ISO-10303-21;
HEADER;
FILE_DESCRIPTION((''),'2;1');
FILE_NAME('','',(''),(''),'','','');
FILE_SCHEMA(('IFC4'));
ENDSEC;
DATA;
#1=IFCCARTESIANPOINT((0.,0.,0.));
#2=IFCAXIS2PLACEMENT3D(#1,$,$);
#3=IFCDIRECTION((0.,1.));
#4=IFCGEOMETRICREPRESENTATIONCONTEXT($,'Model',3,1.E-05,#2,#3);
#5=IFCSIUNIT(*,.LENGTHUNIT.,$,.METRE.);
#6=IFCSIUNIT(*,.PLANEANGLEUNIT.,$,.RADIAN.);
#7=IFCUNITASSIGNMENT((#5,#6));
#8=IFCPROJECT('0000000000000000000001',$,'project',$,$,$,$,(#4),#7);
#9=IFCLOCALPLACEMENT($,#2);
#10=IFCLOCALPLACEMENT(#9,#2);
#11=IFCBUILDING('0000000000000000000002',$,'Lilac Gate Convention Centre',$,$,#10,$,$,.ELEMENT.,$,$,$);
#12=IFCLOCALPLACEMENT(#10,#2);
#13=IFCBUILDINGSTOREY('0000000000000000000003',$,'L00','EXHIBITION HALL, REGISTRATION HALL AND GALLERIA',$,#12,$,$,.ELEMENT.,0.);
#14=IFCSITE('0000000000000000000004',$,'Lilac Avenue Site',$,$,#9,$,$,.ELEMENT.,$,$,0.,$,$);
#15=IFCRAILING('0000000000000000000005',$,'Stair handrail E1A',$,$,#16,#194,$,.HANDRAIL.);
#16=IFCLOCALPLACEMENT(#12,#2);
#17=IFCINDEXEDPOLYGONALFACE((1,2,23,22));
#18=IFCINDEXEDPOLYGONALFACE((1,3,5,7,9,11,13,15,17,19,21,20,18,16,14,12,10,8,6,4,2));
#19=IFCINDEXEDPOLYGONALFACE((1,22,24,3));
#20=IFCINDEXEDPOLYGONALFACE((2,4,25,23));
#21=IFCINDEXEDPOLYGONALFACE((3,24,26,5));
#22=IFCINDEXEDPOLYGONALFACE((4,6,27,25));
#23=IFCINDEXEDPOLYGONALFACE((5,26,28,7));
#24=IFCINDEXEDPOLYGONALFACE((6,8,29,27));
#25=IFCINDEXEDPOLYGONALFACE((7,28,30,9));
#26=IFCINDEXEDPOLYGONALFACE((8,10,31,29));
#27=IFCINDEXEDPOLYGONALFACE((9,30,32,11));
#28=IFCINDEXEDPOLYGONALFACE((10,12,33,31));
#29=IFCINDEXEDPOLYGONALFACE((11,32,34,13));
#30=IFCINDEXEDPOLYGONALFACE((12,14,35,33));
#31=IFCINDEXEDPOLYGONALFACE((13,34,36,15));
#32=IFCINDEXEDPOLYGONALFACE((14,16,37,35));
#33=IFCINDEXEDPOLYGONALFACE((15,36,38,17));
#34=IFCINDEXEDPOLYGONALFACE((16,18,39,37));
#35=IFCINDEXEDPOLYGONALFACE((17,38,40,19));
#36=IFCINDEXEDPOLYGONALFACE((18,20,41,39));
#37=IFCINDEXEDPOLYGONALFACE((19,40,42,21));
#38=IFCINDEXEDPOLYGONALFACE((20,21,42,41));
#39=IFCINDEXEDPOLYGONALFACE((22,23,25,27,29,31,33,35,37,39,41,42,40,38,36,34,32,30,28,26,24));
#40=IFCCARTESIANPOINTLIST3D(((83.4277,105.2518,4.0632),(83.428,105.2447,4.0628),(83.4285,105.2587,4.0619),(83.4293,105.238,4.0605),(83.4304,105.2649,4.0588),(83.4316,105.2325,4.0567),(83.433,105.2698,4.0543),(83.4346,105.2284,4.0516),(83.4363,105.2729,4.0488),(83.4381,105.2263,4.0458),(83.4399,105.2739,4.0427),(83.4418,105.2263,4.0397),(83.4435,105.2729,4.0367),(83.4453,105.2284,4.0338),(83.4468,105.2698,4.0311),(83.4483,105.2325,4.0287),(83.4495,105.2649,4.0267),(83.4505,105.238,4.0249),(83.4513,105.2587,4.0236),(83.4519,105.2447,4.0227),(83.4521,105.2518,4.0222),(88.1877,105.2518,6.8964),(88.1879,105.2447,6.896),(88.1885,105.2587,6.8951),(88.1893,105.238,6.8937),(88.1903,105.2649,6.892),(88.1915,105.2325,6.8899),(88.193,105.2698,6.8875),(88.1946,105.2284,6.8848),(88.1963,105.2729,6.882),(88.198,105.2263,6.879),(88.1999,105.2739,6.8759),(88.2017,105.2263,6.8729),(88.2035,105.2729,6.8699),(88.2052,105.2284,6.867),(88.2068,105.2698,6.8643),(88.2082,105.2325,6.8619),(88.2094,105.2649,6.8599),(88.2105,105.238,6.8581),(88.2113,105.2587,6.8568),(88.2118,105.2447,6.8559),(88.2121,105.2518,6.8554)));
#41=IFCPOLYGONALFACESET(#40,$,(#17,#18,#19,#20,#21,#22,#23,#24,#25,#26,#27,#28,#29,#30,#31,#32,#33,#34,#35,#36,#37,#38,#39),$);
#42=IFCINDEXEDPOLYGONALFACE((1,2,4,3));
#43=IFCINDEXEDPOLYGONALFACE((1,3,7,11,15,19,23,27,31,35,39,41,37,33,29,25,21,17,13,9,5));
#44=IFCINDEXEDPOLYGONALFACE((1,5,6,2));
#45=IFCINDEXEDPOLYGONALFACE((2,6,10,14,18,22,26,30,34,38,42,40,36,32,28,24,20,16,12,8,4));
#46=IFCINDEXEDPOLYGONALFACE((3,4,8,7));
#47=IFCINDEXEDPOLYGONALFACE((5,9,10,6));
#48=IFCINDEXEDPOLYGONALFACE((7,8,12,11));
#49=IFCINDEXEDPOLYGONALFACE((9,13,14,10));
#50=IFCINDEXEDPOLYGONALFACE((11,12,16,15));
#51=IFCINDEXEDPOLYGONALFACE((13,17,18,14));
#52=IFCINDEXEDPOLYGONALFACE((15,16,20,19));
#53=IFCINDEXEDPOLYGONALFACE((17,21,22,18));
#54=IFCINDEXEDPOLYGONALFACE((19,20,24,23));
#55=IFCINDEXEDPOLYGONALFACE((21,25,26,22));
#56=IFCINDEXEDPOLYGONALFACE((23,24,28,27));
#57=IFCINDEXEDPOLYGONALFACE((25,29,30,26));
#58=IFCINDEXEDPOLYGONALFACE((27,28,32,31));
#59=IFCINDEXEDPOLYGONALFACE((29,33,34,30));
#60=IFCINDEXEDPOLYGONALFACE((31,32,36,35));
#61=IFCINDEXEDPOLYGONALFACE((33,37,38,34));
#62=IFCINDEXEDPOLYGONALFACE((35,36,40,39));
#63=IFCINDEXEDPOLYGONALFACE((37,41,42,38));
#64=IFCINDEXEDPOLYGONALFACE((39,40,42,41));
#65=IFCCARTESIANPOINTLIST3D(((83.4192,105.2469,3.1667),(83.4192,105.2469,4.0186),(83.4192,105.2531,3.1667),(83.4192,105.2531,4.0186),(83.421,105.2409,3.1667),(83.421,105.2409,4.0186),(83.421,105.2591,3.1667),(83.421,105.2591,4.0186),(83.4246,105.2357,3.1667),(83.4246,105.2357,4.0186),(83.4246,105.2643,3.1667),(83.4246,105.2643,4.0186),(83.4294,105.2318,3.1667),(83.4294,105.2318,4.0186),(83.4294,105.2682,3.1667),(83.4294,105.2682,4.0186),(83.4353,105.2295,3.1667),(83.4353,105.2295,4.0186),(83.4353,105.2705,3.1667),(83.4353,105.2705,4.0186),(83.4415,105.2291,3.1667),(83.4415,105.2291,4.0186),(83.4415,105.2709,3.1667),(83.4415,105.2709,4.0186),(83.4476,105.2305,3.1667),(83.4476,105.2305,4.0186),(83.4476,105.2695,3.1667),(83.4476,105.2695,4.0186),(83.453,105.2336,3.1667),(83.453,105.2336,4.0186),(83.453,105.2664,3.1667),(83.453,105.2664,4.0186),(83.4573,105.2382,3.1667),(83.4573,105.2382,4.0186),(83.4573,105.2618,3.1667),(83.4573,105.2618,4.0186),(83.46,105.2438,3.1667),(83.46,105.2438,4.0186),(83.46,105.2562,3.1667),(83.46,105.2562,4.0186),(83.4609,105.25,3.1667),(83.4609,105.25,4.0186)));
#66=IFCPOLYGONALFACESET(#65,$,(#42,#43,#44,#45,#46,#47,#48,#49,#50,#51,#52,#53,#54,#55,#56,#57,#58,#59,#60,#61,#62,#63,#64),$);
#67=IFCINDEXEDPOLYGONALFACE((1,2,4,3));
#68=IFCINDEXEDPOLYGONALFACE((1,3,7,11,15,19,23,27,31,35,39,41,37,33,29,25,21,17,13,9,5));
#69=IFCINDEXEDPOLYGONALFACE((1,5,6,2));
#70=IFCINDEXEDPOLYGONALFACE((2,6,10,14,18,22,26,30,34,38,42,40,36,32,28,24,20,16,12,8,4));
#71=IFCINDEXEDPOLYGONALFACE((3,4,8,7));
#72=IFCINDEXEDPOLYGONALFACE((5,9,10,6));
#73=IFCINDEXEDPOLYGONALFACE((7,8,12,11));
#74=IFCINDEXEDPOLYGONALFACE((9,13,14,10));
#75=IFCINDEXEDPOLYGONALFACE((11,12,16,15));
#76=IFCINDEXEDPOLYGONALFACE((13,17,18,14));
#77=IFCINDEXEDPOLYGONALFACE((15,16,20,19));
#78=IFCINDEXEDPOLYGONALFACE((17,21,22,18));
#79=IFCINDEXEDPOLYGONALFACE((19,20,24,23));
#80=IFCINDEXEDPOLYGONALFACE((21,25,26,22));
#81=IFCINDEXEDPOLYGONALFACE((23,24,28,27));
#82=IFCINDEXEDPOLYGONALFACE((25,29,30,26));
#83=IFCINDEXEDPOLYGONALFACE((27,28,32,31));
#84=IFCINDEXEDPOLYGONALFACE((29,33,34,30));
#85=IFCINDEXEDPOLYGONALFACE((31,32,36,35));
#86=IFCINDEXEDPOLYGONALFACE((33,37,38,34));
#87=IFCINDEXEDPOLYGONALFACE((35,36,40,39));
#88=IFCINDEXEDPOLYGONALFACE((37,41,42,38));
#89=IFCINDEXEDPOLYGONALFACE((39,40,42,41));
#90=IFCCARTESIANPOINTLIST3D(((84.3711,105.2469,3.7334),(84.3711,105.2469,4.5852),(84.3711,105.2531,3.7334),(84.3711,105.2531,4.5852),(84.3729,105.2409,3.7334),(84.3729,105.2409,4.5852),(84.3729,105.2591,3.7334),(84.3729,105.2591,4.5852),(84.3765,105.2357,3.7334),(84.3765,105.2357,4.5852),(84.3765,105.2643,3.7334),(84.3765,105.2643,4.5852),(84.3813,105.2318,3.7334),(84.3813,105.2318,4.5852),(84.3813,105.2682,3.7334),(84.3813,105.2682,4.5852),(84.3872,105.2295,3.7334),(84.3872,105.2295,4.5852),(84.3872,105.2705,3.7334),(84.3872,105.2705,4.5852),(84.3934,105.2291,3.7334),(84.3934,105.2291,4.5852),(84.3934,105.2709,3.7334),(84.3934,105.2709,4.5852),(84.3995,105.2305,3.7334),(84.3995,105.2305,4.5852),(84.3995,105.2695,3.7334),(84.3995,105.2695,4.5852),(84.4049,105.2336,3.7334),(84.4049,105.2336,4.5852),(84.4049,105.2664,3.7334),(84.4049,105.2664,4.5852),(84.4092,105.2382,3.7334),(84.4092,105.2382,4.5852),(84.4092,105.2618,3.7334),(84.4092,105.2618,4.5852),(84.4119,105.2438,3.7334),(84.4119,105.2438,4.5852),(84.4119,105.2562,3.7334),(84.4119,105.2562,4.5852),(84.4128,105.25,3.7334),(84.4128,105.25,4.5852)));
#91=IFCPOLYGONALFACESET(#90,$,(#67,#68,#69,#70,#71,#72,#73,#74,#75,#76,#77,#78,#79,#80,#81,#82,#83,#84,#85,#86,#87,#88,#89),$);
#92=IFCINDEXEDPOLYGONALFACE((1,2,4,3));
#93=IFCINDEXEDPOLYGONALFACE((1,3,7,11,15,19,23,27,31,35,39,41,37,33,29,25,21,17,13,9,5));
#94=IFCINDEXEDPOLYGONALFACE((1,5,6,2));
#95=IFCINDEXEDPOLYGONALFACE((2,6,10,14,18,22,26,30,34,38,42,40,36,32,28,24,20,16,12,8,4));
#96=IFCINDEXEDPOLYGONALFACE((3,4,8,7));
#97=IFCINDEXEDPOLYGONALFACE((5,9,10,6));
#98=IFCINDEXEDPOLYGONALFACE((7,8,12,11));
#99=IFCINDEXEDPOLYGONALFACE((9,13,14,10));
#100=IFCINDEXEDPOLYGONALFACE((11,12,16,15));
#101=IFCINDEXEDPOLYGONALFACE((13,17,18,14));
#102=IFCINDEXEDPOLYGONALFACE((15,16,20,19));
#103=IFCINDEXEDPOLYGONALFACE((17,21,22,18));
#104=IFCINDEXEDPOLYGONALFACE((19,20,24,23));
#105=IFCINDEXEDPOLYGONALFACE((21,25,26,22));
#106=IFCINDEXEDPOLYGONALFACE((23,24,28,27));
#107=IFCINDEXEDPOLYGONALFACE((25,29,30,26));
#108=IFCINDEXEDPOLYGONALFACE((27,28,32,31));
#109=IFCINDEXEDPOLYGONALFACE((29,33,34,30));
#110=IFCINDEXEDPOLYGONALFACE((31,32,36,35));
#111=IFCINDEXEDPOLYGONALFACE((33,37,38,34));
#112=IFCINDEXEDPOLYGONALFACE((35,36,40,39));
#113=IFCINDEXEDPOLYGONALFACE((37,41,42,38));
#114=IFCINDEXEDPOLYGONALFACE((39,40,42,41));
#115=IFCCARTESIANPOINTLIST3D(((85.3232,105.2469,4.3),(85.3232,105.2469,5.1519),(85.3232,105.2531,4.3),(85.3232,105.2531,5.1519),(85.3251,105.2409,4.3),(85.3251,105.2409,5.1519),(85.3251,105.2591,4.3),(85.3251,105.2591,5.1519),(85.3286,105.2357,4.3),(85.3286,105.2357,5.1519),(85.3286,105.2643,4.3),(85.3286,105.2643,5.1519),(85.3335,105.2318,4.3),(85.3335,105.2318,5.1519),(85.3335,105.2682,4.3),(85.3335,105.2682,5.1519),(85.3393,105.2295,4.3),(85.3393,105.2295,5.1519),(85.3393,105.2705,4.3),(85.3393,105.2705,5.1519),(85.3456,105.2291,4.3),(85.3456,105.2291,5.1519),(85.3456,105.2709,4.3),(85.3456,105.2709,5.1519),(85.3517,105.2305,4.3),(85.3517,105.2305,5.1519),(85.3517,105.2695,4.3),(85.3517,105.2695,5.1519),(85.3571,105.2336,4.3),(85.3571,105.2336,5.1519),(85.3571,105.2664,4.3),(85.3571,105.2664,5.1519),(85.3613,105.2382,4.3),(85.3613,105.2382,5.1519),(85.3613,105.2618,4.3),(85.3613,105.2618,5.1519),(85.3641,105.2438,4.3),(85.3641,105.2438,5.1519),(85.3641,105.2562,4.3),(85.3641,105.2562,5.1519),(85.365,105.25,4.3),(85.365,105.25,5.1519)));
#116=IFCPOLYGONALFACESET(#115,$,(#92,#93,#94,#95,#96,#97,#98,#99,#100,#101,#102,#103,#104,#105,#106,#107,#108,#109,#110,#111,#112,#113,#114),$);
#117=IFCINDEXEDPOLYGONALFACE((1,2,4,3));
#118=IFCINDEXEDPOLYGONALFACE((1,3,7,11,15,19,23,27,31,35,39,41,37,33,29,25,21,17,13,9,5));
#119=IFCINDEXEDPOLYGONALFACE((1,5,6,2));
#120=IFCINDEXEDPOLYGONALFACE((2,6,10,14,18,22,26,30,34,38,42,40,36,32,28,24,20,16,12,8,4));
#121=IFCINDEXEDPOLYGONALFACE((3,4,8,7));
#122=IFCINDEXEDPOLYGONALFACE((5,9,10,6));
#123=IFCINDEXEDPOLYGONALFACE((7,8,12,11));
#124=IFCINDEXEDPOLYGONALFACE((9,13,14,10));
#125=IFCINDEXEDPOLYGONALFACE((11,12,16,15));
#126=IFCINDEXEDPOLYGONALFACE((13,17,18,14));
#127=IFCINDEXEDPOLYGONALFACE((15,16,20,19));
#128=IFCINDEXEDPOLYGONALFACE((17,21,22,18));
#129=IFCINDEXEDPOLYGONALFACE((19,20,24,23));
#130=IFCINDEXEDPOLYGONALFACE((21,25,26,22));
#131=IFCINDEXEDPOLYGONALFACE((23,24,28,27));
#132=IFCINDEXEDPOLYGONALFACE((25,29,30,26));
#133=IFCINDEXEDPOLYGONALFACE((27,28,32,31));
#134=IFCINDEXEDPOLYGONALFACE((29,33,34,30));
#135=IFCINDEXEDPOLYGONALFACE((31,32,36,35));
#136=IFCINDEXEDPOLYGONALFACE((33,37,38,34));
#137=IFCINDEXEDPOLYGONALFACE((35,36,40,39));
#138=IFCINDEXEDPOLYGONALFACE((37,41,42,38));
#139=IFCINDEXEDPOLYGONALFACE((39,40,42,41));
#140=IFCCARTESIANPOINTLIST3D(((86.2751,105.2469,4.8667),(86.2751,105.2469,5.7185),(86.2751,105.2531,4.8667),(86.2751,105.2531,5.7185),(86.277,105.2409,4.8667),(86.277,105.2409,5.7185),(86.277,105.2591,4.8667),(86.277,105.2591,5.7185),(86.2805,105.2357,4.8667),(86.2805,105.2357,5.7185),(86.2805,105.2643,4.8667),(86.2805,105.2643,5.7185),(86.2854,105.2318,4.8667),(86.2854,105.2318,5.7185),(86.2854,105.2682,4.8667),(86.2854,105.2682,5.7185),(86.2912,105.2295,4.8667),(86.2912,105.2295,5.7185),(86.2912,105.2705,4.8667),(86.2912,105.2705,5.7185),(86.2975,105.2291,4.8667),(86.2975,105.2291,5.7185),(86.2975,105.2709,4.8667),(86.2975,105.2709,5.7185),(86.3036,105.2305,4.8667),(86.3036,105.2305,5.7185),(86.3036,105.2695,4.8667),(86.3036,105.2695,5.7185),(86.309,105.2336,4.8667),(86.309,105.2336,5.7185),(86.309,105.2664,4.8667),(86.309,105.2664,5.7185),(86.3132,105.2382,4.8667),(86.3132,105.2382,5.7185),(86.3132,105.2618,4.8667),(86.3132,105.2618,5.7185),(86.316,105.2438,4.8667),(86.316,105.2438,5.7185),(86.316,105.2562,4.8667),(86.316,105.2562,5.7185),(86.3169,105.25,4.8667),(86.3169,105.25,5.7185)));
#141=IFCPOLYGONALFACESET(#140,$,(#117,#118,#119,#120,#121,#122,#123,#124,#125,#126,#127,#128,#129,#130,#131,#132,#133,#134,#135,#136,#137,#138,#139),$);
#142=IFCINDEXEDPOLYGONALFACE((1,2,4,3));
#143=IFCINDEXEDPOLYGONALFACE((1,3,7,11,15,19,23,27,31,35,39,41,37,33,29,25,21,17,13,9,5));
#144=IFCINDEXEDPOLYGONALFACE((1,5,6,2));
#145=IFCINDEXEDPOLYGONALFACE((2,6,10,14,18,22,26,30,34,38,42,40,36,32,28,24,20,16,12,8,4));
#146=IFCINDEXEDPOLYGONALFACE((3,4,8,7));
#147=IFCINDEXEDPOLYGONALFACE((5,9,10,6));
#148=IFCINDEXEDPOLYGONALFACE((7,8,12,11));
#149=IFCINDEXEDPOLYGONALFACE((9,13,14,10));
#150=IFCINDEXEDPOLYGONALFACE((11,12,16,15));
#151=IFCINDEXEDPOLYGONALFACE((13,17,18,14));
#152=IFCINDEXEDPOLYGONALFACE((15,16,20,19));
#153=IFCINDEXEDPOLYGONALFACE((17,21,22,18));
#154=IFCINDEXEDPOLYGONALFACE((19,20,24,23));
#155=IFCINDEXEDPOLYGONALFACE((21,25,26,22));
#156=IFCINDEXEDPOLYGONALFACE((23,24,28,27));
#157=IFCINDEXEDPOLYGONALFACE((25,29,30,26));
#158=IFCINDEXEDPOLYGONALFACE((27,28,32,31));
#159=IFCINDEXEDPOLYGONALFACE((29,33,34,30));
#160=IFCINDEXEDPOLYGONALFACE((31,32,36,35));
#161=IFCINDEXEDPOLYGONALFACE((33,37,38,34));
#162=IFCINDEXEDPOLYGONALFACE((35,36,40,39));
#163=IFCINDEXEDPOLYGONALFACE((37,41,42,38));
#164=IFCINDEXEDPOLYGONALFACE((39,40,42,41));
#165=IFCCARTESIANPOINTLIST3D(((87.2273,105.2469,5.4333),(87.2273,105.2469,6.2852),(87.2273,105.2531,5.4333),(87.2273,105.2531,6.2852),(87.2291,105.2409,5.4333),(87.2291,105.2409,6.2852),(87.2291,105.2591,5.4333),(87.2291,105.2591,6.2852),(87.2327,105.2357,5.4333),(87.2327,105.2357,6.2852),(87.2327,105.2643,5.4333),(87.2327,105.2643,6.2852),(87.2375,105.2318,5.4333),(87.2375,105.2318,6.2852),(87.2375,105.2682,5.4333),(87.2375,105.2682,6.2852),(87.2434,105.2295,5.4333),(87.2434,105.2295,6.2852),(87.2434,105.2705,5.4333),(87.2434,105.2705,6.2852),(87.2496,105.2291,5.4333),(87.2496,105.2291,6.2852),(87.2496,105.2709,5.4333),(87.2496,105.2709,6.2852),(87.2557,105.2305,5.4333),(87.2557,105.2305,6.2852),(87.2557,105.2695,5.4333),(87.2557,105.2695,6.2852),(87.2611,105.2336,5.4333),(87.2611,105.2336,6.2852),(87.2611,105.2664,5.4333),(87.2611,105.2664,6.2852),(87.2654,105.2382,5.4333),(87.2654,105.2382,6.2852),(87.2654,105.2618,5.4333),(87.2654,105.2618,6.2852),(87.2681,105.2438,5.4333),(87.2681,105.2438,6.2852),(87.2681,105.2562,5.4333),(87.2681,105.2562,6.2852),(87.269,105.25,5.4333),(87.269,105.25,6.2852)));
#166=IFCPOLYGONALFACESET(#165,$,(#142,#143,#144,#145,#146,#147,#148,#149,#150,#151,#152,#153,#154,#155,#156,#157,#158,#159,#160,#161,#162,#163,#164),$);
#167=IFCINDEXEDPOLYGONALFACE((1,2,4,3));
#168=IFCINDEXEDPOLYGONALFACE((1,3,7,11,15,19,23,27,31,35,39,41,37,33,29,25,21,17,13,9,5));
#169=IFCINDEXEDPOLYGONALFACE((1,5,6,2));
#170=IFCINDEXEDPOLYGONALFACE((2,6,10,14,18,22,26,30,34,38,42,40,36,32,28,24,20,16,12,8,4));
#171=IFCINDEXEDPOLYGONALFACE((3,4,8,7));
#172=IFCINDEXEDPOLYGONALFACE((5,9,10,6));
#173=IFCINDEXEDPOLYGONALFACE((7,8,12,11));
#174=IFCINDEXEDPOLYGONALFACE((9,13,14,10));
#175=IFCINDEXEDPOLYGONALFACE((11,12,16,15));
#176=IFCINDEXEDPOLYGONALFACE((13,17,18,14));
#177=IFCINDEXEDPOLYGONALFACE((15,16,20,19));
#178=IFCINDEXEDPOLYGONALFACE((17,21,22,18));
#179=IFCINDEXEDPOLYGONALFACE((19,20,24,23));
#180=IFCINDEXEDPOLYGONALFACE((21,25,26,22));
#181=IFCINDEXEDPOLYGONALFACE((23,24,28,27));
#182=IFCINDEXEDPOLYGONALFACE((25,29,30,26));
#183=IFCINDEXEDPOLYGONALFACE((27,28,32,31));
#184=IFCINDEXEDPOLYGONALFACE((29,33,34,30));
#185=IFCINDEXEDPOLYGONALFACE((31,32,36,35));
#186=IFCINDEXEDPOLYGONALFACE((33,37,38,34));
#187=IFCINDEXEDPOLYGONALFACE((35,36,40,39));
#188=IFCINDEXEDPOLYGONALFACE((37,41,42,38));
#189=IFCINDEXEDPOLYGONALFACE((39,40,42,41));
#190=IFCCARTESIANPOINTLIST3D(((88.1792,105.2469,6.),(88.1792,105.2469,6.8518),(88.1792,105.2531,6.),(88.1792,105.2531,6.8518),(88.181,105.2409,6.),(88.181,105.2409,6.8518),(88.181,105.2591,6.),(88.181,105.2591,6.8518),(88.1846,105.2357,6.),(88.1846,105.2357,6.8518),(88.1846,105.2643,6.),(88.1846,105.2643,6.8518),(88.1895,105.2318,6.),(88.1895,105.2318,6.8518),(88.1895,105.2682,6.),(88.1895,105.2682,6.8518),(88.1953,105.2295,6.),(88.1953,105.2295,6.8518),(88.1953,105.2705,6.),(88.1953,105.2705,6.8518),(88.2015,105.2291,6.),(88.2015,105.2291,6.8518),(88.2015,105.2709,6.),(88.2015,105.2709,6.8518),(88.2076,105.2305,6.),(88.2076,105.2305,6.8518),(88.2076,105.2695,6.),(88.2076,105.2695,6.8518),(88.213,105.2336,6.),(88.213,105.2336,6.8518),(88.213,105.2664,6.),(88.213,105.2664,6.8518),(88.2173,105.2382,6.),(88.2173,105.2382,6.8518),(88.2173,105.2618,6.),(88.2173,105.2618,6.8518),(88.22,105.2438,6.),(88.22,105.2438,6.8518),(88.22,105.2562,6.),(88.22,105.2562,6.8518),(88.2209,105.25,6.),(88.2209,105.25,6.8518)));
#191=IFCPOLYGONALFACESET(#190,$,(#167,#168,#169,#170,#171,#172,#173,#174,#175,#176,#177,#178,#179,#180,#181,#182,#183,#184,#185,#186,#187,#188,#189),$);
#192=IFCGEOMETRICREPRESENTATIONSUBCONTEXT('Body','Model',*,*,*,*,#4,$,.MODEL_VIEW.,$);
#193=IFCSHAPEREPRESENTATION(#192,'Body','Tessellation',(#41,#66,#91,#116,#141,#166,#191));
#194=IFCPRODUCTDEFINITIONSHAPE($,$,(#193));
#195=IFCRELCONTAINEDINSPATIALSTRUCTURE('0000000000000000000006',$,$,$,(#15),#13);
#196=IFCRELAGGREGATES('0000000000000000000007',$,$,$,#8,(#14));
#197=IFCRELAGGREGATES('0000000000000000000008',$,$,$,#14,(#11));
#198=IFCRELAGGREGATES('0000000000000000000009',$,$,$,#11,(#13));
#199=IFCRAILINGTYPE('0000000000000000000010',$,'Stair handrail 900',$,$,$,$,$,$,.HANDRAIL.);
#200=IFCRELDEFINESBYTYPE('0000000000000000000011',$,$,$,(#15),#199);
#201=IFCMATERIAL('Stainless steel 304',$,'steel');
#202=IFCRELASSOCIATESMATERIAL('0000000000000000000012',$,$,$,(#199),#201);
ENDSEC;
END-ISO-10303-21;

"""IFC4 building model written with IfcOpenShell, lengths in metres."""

from ifc_helpers import new_model, si_unit, direction, frame, origin, origin_2d, place, context, subcontext, project, spatial, circle, extrude, material, type_object, element, save


model = new_model("IFC4")

# Units and contexts
model_context = context("Model", 3, precision=1e-05, world=origin(), true_north=direction((0.0, 1.0)))
body_context = subcontext(model_context, "Body", "Model", "MODEL_VIEW")
ifc_project = project(units=[si_unit("LENGTHUNIT", "METRE"), si_unit("PLANEANGLEUNIT", "RADIAN")], contexts=[model_context])

# Site, building, storey
site_placement = place(None, origin())
site = spatial("IfcSite", under=ifc_project, at=site_placement, Name="Lilac Avenue Site", CompositionType="ELEMENT", RefElevation=0.0)
building_placement = place(site_placement, origin())
building = spatial("IfcBuilding", under=site, at=building_placement, Name="Lilac Gate Convention Centre", CompositionType="ELEMENT")
storey_placement = place(building_placement, origin())
storey = spatial("IfcBuildingStorey", under=building, at=storey_placement, Name="L00", Description="EXHIBITION HALL, REGISTRATION HALL AND GALLERIA", CompositionType="ELEMENT", Elevation=0.0)

# Shared definitions
ifc_material_1 = material(Name="Stainless steel 304", Category="steel")

# Railing
railing_type = type_object("IfcRailingType", Name="Stair handrail 900", PredefinedType="HANDRAIL", material=ifc_material_1)
for number, where, name in (
    (1, (83.4399, 105.25, 3.1667), "Stair handrail E1A"),
):
    element("IfcRailing", number, at=place(storey_placement, frame(where)), inside=storey, type_object=railing_type, Name=name, PredefinedType="HANDRAIL", context=body_context, shape_type="SweptSolid", body=[
        extrude(circle(Radius=0.0239, at=origin_2d()), frame((0.0, 0.0, 0.876), z_axis=(0.8593, 0.0, 0.511472), x_axis=(0.0, 1.0, 0.0)), (0.0, 0.0, 1.0), 5.5393),
        extrude(circle(Radius=0.021, at=origin_2d()), origin(), (0.0, 0.0, 1.0), 0.8518),
        extrude(circle(Radius=0.021, at=origin_2d()), frame((0.9519, 0.0, 0.5667)), (0.0, 0.0, 1.0), 0.8518),
        extrude(circle(Radius=0.021, at=origin_2d()), frame((1.9041, 0.0, 1.1333)), (0.0, 0.0, 1.0), 0.8518),
        extrude(circle(Radius=0.021, at=origin_2d()), frame((2.856, 0.0, 1.7)), (0.0, 0.0, 1.0), 0.8518),
        extrude(circle(Radius=0.021, at=origin_2d()), frame((3.8081, 0.0, 2.2666)), (0.0, 0.0, 1.0), 0.8518),
        extrude(circle(Radius=0.021, at=origin_2d()), frame((4.76, 0.0, 2.8333)), (0.0, 0.0, 1.0), 0.8518),
    ])

save(model, "model.ifc")
